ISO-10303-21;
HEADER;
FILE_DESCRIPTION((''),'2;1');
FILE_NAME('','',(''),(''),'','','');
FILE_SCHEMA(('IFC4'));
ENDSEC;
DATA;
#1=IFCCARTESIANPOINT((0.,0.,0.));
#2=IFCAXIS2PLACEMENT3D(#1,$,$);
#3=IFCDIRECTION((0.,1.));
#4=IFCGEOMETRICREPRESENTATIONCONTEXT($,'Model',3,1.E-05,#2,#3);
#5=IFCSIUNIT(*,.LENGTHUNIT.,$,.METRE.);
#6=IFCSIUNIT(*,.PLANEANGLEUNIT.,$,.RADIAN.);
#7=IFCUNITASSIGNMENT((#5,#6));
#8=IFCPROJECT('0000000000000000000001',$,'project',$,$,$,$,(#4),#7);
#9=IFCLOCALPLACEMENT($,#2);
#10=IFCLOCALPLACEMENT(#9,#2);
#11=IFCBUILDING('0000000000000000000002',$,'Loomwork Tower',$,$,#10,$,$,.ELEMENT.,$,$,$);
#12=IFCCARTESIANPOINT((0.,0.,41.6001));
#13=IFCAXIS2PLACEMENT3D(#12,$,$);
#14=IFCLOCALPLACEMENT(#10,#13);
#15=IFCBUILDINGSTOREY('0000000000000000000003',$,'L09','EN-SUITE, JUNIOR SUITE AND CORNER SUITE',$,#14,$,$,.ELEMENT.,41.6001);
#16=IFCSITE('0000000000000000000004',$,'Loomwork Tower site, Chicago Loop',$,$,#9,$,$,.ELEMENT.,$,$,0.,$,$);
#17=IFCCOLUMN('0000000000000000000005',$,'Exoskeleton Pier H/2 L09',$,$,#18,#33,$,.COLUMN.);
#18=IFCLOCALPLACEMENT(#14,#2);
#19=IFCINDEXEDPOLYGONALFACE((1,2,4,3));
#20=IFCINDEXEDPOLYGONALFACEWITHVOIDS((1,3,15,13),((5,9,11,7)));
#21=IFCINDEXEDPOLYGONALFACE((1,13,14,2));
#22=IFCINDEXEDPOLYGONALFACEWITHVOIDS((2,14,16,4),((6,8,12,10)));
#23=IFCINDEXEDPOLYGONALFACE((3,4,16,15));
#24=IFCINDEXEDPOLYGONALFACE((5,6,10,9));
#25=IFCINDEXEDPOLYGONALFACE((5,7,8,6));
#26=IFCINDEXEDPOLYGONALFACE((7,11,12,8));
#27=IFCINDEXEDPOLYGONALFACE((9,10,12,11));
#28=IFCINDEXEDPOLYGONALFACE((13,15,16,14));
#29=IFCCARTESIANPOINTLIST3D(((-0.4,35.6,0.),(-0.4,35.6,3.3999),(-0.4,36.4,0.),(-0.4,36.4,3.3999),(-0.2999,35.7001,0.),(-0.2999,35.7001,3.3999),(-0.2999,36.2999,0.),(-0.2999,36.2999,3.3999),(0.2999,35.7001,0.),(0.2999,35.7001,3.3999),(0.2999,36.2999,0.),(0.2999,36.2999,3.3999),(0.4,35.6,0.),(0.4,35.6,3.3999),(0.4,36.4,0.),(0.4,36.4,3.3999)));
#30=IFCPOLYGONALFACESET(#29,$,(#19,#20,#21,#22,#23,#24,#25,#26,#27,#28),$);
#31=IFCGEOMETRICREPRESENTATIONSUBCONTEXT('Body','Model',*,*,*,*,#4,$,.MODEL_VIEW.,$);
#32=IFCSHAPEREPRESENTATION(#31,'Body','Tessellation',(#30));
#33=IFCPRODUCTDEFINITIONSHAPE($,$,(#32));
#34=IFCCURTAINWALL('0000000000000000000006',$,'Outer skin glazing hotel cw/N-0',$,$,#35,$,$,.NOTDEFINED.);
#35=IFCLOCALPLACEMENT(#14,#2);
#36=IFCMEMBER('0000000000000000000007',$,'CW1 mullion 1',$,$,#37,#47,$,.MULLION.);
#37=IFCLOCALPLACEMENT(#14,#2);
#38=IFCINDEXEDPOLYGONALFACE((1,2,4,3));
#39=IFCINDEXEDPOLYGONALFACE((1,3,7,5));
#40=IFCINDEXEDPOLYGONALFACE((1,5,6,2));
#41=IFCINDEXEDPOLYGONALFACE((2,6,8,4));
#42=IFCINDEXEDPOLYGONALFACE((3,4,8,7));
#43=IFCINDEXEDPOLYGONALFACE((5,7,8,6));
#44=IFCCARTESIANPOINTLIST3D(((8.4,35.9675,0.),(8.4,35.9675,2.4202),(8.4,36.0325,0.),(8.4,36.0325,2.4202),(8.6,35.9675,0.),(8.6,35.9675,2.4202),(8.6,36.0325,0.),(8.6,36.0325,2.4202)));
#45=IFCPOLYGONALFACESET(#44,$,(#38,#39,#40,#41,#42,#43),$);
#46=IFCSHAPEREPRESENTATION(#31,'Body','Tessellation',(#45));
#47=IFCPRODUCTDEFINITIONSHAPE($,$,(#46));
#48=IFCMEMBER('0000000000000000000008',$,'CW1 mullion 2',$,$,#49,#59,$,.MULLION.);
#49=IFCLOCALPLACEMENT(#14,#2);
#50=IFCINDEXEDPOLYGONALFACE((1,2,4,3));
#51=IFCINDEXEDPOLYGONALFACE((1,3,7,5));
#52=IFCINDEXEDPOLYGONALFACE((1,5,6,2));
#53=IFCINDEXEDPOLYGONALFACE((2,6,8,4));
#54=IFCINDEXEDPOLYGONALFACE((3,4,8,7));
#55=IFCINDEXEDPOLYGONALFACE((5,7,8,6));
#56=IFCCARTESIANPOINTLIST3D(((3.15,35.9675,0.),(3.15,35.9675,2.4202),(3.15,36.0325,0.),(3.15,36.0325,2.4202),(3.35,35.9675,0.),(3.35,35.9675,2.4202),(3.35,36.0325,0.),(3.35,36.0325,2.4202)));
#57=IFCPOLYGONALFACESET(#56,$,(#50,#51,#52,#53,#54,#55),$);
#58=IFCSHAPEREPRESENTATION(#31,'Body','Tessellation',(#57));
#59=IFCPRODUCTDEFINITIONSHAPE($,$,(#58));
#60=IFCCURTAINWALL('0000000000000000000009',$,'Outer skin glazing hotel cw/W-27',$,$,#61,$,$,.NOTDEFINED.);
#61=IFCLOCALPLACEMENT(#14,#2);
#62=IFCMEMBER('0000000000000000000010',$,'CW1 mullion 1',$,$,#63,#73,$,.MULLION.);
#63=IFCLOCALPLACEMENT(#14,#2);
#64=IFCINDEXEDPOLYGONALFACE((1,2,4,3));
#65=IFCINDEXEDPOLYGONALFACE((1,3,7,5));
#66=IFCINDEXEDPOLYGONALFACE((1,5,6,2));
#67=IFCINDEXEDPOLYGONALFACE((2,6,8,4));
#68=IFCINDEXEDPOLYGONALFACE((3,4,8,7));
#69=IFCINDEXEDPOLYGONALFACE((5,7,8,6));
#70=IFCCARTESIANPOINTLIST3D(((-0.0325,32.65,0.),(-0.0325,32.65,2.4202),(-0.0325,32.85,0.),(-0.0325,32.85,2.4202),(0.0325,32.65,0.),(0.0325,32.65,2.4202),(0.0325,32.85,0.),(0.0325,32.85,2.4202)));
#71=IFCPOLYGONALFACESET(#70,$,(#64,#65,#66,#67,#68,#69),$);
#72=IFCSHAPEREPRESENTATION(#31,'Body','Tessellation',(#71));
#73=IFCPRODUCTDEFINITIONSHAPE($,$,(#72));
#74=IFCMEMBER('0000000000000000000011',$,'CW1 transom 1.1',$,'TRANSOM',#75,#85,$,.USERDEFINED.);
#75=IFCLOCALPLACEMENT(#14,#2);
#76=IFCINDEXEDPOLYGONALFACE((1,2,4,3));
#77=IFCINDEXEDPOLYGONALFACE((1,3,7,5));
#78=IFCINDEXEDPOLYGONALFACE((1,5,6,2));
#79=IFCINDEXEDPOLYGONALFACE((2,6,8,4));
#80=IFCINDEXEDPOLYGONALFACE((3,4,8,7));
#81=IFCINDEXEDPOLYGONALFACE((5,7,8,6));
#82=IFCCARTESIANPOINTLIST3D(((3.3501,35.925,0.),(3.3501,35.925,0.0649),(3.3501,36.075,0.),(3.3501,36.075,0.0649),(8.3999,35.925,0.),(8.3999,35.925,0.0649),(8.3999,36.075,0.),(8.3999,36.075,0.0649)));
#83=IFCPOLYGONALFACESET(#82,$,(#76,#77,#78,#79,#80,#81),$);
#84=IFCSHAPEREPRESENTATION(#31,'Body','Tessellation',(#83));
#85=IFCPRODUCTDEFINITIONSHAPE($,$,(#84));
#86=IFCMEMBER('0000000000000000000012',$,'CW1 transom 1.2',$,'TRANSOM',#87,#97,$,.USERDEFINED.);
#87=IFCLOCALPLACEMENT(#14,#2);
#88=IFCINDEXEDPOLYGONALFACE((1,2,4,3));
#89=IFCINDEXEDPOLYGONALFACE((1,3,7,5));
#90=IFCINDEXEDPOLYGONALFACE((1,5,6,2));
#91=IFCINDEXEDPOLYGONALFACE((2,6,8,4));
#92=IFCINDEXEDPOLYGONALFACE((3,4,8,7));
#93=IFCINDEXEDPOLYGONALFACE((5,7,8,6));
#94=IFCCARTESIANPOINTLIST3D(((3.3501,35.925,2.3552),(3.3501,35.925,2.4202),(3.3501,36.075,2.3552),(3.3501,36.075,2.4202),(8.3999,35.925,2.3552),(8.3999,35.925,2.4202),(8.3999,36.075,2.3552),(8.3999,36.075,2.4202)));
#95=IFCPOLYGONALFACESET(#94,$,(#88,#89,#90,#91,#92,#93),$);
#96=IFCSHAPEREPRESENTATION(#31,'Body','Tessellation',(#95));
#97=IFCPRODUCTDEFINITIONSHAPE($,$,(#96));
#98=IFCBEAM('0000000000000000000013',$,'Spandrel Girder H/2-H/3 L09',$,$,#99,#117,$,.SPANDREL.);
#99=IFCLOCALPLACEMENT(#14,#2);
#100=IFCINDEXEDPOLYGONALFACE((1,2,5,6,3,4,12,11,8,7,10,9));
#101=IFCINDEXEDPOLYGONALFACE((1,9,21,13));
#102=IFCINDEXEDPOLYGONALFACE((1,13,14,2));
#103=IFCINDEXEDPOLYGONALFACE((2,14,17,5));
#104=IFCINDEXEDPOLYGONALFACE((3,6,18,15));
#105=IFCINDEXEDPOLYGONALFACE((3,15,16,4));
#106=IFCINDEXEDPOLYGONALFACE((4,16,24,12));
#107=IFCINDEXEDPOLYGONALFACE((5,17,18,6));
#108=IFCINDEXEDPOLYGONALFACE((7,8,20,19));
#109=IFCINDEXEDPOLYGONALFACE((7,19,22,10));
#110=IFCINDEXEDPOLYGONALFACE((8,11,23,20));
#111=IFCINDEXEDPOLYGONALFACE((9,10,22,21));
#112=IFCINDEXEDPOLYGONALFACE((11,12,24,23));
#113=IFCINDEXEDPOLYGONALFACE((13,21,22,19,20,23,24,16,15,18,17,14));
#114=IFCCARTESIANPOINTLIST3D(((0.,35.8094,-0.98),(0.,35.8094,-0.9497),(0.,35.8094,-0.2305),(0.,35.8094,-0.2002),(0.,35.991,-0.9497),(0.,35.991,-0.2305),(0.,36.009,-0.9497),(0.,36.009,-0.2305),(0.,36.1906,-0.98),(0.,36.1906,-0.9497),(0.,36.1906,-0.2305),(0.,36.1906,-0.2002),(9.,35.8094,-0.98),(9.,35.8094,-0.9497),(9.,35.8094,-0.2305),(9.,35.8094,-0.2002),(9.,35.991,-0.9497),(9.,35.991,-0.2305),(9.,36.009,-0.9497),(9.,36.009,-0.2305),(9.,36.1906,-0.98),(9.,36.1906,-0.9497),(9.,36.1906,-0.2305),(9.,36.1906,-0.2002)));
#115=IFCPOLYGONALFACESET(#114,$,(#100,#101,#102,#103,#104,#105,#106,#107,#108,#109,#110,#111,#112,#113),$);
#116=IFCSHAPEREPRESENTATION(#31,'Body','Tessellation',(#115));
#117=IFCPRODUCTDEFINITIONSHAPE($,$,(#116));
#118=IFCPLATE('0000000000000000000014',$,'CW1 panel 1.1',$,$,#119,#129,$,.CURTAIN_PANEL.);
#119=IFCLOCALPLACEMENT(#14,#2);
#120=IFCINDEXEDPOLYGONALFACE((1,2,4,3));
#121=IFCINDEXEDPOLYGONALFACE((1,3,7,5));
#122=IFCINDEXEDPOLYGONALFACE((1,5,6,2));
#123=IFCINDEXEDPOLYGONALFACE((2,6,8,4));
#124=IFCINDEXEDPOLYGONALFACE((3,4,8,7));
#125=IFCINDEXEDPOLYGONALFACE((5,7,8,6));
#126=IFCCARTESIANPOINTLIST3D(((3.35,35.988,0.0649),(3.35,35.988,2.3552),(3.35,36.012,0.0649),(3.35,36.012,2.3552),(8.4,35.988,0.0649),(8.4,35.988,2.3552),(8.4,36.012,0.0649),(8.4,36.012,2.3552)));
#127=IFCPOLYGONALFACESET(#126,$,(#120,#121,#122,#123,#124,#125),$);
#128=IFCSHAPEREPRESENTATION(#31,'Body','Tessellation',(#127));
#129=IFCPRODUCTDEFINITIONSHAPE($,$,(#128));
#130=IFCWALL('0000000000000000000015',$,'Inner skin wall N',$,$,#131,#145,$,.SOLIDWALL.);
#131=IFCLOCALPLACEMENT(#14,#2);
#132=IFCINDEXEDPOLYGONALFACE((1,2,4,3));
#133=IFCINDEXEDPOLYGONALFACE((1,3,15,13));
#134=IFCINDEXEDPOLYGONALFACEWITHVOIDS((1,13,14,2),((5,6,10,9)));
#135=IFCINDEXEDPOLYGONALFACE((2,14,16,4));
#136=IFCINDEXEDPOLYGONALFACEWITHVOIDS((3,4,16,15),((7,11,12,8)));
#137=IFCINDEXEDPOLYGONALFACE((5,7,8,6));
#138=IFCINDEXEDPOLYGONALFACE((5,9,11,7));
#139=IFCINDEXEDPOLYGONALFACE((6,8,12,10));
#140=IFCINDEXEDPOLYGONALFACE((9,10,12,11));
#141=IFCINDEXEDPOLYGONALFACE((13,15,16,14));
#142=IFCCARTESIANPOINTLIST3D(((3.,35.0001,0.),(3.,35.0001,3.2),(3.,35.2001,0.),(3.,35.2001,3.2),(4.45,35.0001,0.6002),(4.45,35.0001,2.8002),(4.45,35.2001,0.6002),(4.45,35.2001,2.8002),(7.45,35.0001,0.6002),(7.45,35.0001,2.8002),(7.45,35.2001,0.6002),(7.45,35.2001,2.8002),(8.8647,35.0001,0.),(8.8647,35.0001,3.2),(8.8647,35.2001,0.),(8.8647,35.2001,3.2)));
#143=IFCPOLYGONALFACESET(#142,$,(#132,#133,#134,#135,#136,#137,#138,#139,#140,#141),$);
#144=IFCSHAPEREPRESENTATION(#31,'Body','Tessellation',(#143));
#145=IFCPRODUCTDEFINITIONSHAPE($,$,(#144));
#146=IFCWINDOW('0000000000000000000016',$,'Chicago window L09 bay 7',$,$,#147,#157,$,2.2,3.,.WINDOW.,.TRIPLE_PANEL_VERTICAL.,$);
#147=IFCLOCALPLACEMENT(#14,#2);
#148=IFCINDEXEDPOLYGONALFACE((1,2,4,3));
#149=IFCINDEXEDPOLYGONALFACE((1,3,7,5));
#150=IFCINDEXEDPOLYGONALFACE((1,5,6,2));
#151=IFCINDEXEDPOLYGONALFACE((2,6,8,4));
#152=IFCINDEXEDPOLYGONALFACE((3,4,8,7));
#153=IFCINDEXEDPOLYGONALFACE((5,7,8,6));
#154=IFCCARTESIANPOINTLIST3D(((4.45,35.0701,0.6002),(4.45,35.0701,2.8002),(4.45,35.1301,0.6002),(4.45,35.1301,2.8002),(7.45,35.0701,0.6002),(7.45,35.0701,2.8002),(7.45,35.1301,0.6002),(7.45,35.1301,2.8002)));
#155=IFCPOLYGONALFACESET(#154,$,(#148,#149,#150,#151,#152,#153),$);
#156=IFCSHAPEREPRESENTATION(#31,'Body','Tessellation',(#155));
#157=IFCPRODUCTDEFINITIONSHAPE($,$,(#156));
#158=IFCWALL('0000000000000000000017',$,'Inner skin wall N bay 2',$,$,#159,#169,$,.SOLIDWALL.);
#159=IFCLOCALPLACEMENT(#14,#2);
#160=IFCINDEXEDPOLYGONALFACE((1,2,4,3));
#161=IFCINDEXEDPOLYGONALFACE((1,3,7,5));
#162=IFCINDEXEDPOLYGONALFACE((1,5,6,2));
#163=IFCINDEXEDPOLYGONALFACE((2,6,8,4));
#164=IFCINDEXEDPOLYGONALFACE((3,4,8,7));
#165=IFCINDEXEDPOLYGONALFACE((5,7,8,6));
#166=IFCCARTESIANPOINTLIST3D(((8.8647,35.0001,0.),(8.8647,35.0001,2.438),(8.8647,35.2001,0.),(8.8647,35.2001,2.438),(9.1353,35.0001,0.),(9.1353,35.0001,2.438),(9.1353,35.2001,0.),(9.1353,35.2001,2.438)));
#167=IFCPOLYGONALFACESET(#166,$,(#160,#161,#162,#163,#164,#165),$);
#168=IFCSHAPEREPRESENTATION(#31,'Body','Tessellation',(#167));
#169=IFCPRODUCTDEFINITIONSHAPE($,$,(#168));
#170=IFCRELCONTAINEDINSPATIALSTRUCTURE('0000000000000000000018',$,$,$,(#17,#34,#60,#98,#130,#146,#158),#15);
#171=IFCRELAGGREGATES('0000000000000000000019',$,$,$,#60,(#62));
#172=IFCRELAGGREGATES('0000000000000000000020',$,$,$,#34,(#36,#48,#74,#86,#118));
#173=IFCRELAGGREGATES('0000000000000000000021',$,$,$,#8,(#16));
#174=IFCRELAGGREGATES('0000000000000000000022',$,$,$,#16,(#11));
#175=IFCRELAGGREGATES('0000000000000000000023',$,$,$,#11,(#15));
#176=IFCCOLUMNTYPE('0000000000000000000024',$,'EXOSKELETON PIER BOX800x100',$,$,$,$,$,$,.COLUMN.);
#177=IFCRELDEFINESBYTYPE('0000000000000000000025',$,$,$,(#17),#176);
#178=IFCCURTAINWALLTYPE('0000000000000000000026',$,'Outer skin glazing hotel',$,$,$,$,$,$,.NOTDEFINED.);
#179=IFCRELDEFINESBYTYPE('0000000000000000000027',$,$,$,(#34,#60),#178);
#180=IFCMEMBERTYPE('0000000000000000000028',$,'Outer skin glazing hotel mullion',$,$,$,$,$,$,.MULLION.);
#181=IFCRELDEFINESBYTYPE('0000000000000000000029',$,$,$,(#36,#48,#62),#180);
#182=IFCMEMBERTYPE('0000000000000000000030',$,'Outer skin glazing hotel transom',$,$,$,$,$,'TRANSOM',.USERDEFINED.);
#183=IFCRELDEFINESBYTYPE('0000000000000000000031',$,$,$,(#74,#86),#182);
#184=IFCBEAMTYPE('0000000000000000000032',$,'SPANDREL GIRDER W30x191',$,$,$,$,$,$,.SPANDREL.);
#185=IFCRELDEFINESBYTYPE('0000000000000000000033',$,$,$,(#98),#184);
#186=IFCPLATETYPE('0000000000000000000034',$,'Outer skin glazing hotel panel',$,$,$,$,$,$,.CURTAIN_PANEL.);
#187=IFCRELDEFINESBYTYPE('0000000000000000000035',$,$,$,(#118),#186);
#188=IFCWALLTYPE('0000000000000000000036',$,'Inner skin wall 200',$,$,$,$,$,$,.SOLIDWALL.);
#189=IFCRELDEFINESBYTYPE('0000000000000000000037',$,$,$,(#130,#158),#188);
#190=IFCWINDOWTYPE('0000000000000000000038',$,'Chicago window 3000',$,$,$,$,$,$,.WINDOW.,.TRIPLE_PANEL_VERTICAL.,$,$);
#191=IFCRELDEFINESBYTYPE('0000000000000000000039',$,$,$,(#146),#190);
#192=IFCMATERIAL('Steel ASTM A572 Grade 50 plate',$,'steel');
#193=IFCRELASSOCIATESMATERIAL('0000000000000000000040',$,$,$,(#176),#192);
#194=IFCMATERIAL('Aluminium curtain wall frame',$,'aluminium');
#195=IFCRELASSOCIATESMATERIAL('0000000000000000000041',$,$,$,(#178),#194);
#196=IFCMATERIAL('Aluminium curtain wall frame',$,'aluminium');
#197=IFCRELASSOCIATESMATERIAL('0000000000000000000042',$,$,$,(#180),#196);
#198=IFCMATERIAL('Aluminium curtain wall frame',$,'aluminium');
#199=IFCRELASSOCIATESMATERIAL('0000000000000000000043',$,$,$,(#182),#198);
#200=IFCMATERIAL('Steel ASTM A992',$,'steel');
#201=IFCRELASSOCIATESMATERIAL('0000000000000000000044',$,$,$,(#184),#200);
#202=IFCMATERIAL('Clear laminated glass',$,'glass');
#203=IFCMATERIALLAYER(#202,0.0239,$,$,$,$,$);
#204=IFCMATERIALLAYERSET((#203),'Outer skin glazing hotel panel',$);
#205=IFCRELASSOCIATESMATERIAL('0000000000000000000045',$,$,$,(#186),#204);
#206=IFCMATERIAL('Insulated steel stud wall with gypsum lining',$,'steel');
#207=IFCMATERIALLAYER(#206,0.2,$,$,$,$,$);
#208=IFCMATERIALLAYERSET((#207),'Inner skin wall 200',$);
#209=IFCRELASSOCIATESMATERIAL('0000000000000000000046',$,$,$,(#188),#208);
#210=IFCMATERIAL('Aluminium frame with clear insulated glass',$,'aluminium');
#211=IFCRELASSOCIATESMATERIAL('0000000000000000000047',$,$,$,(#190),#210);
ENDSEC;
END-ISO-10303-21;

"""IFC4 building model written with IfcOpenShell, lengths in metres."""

from ifc_helpers import new_model, si_unit, direction, frame, frame_2d, origin, origin_2d, place, context, subcontext, project, spatial, rectangle, hollow_rectangle, i_section, extrude, material, layer, layer_set, material_profile, profile_set, type_object, element, fill, aggregate, save


model = new_model("IFC4")

# Units and contexts
model_context = context("Model", 3, precision=1e-05, world=origin(), true_north=direction((0.0, 1.0)))
body_context = subcontext(model_context, "Body", "Model", "MODEL_VIEW")
ifc_project = project(units=[si_unit("LENGTHUNIT", "METRE"), si_unit("PLANEANGLEUNIT", "RADIAN")], contexts=[model_context])

# Site, building, storey
site_placement = place(None, origin())
site = spatial("IfcSite", under=ifc_project, at=site_placement, Name="Loomwork Tower site, Chicago Loop", CompositionType="ELEMENT", RefElevation=0.0)
building_placement = place(site_placement, origin())
building = spatial("IfcBuilding", under=site, at=building_placement, Name="Loomwork Tower", CompositionType="ELEMENT")
storey_placement = place(building_placement, frame((0.0, 0.0, 41.6001)))
storey = spatial("IfcBuildingStorey", under=building, at=storey_placement, Name="L09", Description="EN-SUITE, JUNIOR SUITE AND CORNER SUITE", CompositionType="ELEMENT", Elevation=41.6001)

# Column
ifc_material_1 = material(Name="Steel ASTM A572 Grade 50 plate", Category="steel")
ifc_material_profile_1 = material_profile(ifc_material_1, hollow_rectangle(XDim=0.8, YDim=0.8, WallThickness=0.1001, at=origin_2d()), Name="BOX800x100")
ifc_profile_set_1 = profile_set([ifc_material_profile_1], Name="Steel ASTM A572 Grade 50 plate")
column_type = type_object("IfcColumnType", Name="EXOSKELETON PIER BOX800x100", PredefinedType="COLUMN", material=ifc_profile_set_1)
column_placement = place(storey_placement, frame((0.0, 36.0, 0.0), z_axis=(0.0, 0.0, 1.0), x_axis=(1.0, 0.0, 0.0)))
element("IfcColumn", 1, at=column_placement, inside=storey, type_object=column_type, Name="Exoskeleton Pier H/2 L09", PredefinedType="COLUMN", context=body_context, shape_type="SweptSolid", body=[
    extrude(hollow_rectangle(XDim=0.8, YDim=0.8, WallThickness=0.1001, at=origin_2d()), origin(), (0.0, 0.0, 1.0), 3.3999),
])

# Curtain wall, members
ifc_material_2 = material(Name="Aluminium curtain wall frame", Category="aluminium")
curtain_wall_type = type_object("IfcCurtainWallType", Name="Outer skin glazing hotel", PredefinedType="NOTDEFINED", material=ifc_material_2)
curtain_wall_1_placement = place(storey_placement, origin())
curtain_wall_1 = element("IfcCurtainWall", 2, at=curtain_wall_1_placement, inside=storey, type_object=curtain_wall_type, Name="Outer skin glazing hotel cw/N-0", PredefinedType="NOTDEFINED")
ifc_material_3 = material(Name="Aluminium curtain wall frame", Category="aluminium")
ifc_material_profile_2 = material_profile(ifc_material_3, rectangle(XDim=0.0649, YDim=0.2, at=origin_2d()), Name="AL 65x200")
ifc_profile_set_2 = profile_set([ifc_material_profile_2], Name="Aluminium curtain wall frame")
member_type_1 = type_object("IfcMemberType", Name="Outer skin glazing hotel mullion", PredefinedType="MULLION", material=ifc_profile_set_2)
member_1_placement = place(storey_placement, frame((8.5, 36.0, 0.0), z_axis=(0.0, 0.0, 1.0), x_axis=(0.0, -1.0, 0.0)))
member_1 = element("IfcMember", 3, at=member_1_placement, type_object=member_type_1, Name="CW1 mullion 1", PredefinedType="MULLION", context=body_context, shape_type="SweptSolid", body=[
    extrude(rectangle(XDim=0.0649, YDim=0.2, at=origin_2d()), origin(), (0.0, 0.0, 1.0), 2.4202),
])
member_2_placement = place(storey_placement, frame((3.25, 36.0, 0.0), z_axis=(0.0, 0.0, 1.0), x_axis=(0.0, -1.0, 0.0)))
member_2 = element("IfcMember", 4, at=member_2_placement, type_object=member_type_1, Name="CW1 mullion 2", PredefinedType="MULLION", context=body_context, shape_type="SweptSolid", body=[
    extrude(rectangle(XDim=0.0649, YDim=0.2, at=origin_2d()), origin(), (0.0, 0.0, 1.0), 2.4202),
])

# Curtain wall, member
curtain_wall_2_placement = place(storey_placement, origin())
curtain_wall_2 = element("IfcCurtainWall", 5, at=curtain_wall_2_placement, inside=storey, type_object=curtain_wall_type, Name="Outer skin glazing hotel cw/W-27", PredefinedType="NOTDEFINED")
member_3_placement = place(storey_placement, frame((0.0, 32.75, 0.0), z_axis=(0.0, 0.0, 1.0), x_axis=(1.0, 0.0, 0.0)))
member_3 = element("IfcMember", 6, at=member_3_placement, type_object=member_type_1, Name="CW1 mullion 1", PredefinedType="MULLION", context=body_context, shape_type="SweptSolid", body=[
    extrude(rectangle(XDim=0.0649, YDim=0.2, at=origin_2d()), origin(), (0.0, 0.0, 1.0), 2.4202),
])
aggregate(curtain_wall_2, [member_3])

# Members
ifc_material_4 = material(Name="Aluminium curtain wall frame", Category="aluminium")
ifc_material_profile_3 = material_profile(ifc_material_4, rectangle(XDim=0.1499, YDim=0.0649, at=origin_2d()), Name="AL 65x150")
ifc_profile_set_3 = profile_set([ifc_material_profile_3], Name="Aluminium curtain wall frame")
member_type_2 = type_object("IfcMemberType", Name="Outer skin glazing hotel transom", ElementType="TRANSOM", PredefinedType="USERDEFINED", material=ifc_profile_set_3)
member_4_placement = place(storey_placement, frame((8.3999, 36.0, 0.0325), z_axis=(-1.0, 0.0, 0.0), x_axis=(0.0, -1.0, 0.0)))
member_4 = element("IfcMember", 7, at=member_4_placement, type_object=member_type_2, Name="CW1 transom 1.1", ObjectType="TRANSOM", PredefinedType="USERDEFINED", context=body_context, shape_type="SweptSolid", body=[
    extrude(rectangle(XDim=0.1499, YDim=0.0649, at=origin_2d()), origin(), (0.0, 0.0, 1.0), 5.0498),
])
member_5_placement = place(storey_placement, frame((8.3999, 36.0, 2.3877), z_axis=(-1.0, 0.0, 0.0), x_axis=(0.0, -1.0, 0.0)))
member_5 = element("IfcMember", 8, at=member_5_placement, type_object=member_type_2, Name="CW1 transom 1.2", ObjectType="TRANSOM", PredefinedType="USERDEFINED", context=body_context, shape_type="SweptSolid", body=[
    extrude(rectangle(XDim=0.1499, YDim=0.0649, at=origin_2d()), origin(), (0.0, 0.0, 1.0), 5.0498),
])

# Beam
ifc_material_5 = material(Name="Steel ASTM A992", Category="steel")
ifc_material_profile_4 = material_profile(ifc_material_5, i_section(OverallWidth=0.3811, OverallDepth=0.7798, WebThickness=0.0181, FlangeThickness=0.0303, at=origin_2d()), Name="W30x191")
ifc_profile_set_4 = profile_set([ifc_material_profile_4], Name="Steel ASTM A992")
beam_type = type_object("IfcBeamType", Name="SPANDREL GIRDER W30x191", PredefinedType="SPANDREL", material=ifc_profile_set_4)
beam_placement = place(storey_placement, frame((0.0, 36.0, -0.5901), z_axis=(1.0, 0.0, 0.0), x_axis=(0.0, 1.0, 0.0)))
element("IfcBeam", 9, at=beam_placement, inside=storey, type_object=beam_type, Name="Spandrel Girder H/2-H/3 L09", PredefinedType="SPANDREL", context=body_context, shape_type="SweptSolid", body=[
    extrude(i_section(OverallWidth=0.3811, OverallDepth=0.7798, WebThickness=0.0181, FlangeThickness=0.0303, at=origin_2d()), origin(), (0.0, 0.0, 1.0), 9.0),
])

# Plate
ifc_material_6 = material(Name="Clear laminated glass", Category="glass")
ifc_layer_1 = layer(ifc_material_6, 0.0239)
ifc_layer_set_1 = layer_set([ifc_layer_1], Name="Outer skin glazing hotel panel")
plate_type = type_object("IfcPlateType", Name="Outer skin glazing hotel panel", PredefinedType="CURTAIN_PANEL", material=ifc_layer_set_1)
plate_placement = place(storey_placement, frame((5.875, 36.0, 0.0649), z_axis=(0.0, 0.0, 1.0), x_axis=(-1.0, 0.0, 0.0)))
plate = element("IfcPlate", 10, at=plate_placement, type_object=plate_type, Name="CW1 panel 1.1", PredefinedType="CURTAIN_PANEL", context=body_context, shape_type="SweptSolid", body=[
    extrude(rectangle(XDim=5.05, YDim=0.0239, at=origin_2d()), origin(), (0.0, 0.0, 1.0), 2.2903),
])
aggregate(curtain_wall_1, [member_1, member_2, member_4, member_5, plate])

# Wall, opening, window
ifc_material_7 = material(Name="Insulated steel stud wall with gypsum lining", Category="steel")
ifc_layer_2 = layer(ifc_material_7, 0.2)
ifc_layer_set_2 = layer_set([ifc_layer_2], Name="Inner skin wall 200")
wall_type_1 = type_object("IfcWallType", Name="Inner skin wall 200", PredefinedType="SOLIDWALL", material=ifc_layer_set_2)
wall_1_placement = place(storey_placement, frame((3.0, 35.1001, 0.0), z_axis=(0.0, 0.0, 1.0), x_axis=(1.0, 0.0, 0.0)))
wall_1 = element("IfcWall", 11, at=wall_1_placement, inside=storey, type_object=wall_type_1, Name="Inner skin wall N", PredefinedType="SOLIDWALL", context=body_context, shape_type="SweptSolid", body=[
    extrude(rectangle(XDim=5.8647, YDim=0.2, at=frame_2d((2.9324, 0.0))), origin(), (0.0, 0.0, 1.0), 3.2),
])
opening_1_placement = place(wall_1_placement, frame((1.45, 0.0, 0.6001)))
opening_1 = element("IfcOpeningElement", 12, at=opening_1_placement, cuts=wall_1, PredefinedType="OPENING", context=body_context, shape_type="SweptSolid", body=[
    extrude(rectangle(XDim=3.0, YDim=2.2, at=frame_2d((1.5, 1.1001))), frame((0.0, 0.1099, 0.0), z_axis=(0.0, -1.0, 0.0), x_axis=(1.0, 0.0, 0.0)), (0.0, 0.0, 1.0), 0.22),
])
ifc_material_8 = material(Name="Aluminium frame with clear insulated glass", Category="aluminium")
window_type_1 = type_object("IfcWindowType", Name="Chicago window 3000", PartitioningType="TRIPLE_PANEL_VERTICAL", PredefinedType="WINDOW", material=ifc_material_8)
window_1_placement = place(opening_1_placement, origin())
window_1 = element("IfcWindow", 13, at=window_1_placement, inside=storey, type_object=window_type_1, Name="Chicago window L09 bay 7", OverallHeight=2.2, OverallWidth=3.0, PartitioningType="TRIPLE_PANEL_VERTICAL", PredefinedType="WINDOW", context=body_context, shape_type="SweptSolid", body=[
    extrude(rectangle(XDim=3.0, YDim=2.2, at=frame_2d((1.5, 1.1001))), frame((0.0, 0.03, 0.0), z_axis=(0.0, -1.0, 0.0), x_axis=(1.0, 0.0, 0.0)), (0.0, 0.0, 1.0), 0.0601),
])
fill(opening_1, window_1)

# Wall
wall_2_placement = place(storey_placement, frame((8.8647, 35.1001, 0.0), z_axis=(0.0, 0.0, 1.0), x_axis=(1.0, 0.0, 0.0)))
element("IfcWall", 14, at=wall_2_placement, inside=storey, type_object=wall_type_1, Name="Inner skin wall N bay 2", PredefinedType="SOLIDWALL", context=body_context, shape_type="SweptSolid", body=[
    extrude(rectangle(XDim=0.2705, YDim=0.2, at=frame_2d((0.1353, 0.0))), origin(), (0.0, 0.0, 1.0), 2.438),
])

save(model, "model.ifc")
